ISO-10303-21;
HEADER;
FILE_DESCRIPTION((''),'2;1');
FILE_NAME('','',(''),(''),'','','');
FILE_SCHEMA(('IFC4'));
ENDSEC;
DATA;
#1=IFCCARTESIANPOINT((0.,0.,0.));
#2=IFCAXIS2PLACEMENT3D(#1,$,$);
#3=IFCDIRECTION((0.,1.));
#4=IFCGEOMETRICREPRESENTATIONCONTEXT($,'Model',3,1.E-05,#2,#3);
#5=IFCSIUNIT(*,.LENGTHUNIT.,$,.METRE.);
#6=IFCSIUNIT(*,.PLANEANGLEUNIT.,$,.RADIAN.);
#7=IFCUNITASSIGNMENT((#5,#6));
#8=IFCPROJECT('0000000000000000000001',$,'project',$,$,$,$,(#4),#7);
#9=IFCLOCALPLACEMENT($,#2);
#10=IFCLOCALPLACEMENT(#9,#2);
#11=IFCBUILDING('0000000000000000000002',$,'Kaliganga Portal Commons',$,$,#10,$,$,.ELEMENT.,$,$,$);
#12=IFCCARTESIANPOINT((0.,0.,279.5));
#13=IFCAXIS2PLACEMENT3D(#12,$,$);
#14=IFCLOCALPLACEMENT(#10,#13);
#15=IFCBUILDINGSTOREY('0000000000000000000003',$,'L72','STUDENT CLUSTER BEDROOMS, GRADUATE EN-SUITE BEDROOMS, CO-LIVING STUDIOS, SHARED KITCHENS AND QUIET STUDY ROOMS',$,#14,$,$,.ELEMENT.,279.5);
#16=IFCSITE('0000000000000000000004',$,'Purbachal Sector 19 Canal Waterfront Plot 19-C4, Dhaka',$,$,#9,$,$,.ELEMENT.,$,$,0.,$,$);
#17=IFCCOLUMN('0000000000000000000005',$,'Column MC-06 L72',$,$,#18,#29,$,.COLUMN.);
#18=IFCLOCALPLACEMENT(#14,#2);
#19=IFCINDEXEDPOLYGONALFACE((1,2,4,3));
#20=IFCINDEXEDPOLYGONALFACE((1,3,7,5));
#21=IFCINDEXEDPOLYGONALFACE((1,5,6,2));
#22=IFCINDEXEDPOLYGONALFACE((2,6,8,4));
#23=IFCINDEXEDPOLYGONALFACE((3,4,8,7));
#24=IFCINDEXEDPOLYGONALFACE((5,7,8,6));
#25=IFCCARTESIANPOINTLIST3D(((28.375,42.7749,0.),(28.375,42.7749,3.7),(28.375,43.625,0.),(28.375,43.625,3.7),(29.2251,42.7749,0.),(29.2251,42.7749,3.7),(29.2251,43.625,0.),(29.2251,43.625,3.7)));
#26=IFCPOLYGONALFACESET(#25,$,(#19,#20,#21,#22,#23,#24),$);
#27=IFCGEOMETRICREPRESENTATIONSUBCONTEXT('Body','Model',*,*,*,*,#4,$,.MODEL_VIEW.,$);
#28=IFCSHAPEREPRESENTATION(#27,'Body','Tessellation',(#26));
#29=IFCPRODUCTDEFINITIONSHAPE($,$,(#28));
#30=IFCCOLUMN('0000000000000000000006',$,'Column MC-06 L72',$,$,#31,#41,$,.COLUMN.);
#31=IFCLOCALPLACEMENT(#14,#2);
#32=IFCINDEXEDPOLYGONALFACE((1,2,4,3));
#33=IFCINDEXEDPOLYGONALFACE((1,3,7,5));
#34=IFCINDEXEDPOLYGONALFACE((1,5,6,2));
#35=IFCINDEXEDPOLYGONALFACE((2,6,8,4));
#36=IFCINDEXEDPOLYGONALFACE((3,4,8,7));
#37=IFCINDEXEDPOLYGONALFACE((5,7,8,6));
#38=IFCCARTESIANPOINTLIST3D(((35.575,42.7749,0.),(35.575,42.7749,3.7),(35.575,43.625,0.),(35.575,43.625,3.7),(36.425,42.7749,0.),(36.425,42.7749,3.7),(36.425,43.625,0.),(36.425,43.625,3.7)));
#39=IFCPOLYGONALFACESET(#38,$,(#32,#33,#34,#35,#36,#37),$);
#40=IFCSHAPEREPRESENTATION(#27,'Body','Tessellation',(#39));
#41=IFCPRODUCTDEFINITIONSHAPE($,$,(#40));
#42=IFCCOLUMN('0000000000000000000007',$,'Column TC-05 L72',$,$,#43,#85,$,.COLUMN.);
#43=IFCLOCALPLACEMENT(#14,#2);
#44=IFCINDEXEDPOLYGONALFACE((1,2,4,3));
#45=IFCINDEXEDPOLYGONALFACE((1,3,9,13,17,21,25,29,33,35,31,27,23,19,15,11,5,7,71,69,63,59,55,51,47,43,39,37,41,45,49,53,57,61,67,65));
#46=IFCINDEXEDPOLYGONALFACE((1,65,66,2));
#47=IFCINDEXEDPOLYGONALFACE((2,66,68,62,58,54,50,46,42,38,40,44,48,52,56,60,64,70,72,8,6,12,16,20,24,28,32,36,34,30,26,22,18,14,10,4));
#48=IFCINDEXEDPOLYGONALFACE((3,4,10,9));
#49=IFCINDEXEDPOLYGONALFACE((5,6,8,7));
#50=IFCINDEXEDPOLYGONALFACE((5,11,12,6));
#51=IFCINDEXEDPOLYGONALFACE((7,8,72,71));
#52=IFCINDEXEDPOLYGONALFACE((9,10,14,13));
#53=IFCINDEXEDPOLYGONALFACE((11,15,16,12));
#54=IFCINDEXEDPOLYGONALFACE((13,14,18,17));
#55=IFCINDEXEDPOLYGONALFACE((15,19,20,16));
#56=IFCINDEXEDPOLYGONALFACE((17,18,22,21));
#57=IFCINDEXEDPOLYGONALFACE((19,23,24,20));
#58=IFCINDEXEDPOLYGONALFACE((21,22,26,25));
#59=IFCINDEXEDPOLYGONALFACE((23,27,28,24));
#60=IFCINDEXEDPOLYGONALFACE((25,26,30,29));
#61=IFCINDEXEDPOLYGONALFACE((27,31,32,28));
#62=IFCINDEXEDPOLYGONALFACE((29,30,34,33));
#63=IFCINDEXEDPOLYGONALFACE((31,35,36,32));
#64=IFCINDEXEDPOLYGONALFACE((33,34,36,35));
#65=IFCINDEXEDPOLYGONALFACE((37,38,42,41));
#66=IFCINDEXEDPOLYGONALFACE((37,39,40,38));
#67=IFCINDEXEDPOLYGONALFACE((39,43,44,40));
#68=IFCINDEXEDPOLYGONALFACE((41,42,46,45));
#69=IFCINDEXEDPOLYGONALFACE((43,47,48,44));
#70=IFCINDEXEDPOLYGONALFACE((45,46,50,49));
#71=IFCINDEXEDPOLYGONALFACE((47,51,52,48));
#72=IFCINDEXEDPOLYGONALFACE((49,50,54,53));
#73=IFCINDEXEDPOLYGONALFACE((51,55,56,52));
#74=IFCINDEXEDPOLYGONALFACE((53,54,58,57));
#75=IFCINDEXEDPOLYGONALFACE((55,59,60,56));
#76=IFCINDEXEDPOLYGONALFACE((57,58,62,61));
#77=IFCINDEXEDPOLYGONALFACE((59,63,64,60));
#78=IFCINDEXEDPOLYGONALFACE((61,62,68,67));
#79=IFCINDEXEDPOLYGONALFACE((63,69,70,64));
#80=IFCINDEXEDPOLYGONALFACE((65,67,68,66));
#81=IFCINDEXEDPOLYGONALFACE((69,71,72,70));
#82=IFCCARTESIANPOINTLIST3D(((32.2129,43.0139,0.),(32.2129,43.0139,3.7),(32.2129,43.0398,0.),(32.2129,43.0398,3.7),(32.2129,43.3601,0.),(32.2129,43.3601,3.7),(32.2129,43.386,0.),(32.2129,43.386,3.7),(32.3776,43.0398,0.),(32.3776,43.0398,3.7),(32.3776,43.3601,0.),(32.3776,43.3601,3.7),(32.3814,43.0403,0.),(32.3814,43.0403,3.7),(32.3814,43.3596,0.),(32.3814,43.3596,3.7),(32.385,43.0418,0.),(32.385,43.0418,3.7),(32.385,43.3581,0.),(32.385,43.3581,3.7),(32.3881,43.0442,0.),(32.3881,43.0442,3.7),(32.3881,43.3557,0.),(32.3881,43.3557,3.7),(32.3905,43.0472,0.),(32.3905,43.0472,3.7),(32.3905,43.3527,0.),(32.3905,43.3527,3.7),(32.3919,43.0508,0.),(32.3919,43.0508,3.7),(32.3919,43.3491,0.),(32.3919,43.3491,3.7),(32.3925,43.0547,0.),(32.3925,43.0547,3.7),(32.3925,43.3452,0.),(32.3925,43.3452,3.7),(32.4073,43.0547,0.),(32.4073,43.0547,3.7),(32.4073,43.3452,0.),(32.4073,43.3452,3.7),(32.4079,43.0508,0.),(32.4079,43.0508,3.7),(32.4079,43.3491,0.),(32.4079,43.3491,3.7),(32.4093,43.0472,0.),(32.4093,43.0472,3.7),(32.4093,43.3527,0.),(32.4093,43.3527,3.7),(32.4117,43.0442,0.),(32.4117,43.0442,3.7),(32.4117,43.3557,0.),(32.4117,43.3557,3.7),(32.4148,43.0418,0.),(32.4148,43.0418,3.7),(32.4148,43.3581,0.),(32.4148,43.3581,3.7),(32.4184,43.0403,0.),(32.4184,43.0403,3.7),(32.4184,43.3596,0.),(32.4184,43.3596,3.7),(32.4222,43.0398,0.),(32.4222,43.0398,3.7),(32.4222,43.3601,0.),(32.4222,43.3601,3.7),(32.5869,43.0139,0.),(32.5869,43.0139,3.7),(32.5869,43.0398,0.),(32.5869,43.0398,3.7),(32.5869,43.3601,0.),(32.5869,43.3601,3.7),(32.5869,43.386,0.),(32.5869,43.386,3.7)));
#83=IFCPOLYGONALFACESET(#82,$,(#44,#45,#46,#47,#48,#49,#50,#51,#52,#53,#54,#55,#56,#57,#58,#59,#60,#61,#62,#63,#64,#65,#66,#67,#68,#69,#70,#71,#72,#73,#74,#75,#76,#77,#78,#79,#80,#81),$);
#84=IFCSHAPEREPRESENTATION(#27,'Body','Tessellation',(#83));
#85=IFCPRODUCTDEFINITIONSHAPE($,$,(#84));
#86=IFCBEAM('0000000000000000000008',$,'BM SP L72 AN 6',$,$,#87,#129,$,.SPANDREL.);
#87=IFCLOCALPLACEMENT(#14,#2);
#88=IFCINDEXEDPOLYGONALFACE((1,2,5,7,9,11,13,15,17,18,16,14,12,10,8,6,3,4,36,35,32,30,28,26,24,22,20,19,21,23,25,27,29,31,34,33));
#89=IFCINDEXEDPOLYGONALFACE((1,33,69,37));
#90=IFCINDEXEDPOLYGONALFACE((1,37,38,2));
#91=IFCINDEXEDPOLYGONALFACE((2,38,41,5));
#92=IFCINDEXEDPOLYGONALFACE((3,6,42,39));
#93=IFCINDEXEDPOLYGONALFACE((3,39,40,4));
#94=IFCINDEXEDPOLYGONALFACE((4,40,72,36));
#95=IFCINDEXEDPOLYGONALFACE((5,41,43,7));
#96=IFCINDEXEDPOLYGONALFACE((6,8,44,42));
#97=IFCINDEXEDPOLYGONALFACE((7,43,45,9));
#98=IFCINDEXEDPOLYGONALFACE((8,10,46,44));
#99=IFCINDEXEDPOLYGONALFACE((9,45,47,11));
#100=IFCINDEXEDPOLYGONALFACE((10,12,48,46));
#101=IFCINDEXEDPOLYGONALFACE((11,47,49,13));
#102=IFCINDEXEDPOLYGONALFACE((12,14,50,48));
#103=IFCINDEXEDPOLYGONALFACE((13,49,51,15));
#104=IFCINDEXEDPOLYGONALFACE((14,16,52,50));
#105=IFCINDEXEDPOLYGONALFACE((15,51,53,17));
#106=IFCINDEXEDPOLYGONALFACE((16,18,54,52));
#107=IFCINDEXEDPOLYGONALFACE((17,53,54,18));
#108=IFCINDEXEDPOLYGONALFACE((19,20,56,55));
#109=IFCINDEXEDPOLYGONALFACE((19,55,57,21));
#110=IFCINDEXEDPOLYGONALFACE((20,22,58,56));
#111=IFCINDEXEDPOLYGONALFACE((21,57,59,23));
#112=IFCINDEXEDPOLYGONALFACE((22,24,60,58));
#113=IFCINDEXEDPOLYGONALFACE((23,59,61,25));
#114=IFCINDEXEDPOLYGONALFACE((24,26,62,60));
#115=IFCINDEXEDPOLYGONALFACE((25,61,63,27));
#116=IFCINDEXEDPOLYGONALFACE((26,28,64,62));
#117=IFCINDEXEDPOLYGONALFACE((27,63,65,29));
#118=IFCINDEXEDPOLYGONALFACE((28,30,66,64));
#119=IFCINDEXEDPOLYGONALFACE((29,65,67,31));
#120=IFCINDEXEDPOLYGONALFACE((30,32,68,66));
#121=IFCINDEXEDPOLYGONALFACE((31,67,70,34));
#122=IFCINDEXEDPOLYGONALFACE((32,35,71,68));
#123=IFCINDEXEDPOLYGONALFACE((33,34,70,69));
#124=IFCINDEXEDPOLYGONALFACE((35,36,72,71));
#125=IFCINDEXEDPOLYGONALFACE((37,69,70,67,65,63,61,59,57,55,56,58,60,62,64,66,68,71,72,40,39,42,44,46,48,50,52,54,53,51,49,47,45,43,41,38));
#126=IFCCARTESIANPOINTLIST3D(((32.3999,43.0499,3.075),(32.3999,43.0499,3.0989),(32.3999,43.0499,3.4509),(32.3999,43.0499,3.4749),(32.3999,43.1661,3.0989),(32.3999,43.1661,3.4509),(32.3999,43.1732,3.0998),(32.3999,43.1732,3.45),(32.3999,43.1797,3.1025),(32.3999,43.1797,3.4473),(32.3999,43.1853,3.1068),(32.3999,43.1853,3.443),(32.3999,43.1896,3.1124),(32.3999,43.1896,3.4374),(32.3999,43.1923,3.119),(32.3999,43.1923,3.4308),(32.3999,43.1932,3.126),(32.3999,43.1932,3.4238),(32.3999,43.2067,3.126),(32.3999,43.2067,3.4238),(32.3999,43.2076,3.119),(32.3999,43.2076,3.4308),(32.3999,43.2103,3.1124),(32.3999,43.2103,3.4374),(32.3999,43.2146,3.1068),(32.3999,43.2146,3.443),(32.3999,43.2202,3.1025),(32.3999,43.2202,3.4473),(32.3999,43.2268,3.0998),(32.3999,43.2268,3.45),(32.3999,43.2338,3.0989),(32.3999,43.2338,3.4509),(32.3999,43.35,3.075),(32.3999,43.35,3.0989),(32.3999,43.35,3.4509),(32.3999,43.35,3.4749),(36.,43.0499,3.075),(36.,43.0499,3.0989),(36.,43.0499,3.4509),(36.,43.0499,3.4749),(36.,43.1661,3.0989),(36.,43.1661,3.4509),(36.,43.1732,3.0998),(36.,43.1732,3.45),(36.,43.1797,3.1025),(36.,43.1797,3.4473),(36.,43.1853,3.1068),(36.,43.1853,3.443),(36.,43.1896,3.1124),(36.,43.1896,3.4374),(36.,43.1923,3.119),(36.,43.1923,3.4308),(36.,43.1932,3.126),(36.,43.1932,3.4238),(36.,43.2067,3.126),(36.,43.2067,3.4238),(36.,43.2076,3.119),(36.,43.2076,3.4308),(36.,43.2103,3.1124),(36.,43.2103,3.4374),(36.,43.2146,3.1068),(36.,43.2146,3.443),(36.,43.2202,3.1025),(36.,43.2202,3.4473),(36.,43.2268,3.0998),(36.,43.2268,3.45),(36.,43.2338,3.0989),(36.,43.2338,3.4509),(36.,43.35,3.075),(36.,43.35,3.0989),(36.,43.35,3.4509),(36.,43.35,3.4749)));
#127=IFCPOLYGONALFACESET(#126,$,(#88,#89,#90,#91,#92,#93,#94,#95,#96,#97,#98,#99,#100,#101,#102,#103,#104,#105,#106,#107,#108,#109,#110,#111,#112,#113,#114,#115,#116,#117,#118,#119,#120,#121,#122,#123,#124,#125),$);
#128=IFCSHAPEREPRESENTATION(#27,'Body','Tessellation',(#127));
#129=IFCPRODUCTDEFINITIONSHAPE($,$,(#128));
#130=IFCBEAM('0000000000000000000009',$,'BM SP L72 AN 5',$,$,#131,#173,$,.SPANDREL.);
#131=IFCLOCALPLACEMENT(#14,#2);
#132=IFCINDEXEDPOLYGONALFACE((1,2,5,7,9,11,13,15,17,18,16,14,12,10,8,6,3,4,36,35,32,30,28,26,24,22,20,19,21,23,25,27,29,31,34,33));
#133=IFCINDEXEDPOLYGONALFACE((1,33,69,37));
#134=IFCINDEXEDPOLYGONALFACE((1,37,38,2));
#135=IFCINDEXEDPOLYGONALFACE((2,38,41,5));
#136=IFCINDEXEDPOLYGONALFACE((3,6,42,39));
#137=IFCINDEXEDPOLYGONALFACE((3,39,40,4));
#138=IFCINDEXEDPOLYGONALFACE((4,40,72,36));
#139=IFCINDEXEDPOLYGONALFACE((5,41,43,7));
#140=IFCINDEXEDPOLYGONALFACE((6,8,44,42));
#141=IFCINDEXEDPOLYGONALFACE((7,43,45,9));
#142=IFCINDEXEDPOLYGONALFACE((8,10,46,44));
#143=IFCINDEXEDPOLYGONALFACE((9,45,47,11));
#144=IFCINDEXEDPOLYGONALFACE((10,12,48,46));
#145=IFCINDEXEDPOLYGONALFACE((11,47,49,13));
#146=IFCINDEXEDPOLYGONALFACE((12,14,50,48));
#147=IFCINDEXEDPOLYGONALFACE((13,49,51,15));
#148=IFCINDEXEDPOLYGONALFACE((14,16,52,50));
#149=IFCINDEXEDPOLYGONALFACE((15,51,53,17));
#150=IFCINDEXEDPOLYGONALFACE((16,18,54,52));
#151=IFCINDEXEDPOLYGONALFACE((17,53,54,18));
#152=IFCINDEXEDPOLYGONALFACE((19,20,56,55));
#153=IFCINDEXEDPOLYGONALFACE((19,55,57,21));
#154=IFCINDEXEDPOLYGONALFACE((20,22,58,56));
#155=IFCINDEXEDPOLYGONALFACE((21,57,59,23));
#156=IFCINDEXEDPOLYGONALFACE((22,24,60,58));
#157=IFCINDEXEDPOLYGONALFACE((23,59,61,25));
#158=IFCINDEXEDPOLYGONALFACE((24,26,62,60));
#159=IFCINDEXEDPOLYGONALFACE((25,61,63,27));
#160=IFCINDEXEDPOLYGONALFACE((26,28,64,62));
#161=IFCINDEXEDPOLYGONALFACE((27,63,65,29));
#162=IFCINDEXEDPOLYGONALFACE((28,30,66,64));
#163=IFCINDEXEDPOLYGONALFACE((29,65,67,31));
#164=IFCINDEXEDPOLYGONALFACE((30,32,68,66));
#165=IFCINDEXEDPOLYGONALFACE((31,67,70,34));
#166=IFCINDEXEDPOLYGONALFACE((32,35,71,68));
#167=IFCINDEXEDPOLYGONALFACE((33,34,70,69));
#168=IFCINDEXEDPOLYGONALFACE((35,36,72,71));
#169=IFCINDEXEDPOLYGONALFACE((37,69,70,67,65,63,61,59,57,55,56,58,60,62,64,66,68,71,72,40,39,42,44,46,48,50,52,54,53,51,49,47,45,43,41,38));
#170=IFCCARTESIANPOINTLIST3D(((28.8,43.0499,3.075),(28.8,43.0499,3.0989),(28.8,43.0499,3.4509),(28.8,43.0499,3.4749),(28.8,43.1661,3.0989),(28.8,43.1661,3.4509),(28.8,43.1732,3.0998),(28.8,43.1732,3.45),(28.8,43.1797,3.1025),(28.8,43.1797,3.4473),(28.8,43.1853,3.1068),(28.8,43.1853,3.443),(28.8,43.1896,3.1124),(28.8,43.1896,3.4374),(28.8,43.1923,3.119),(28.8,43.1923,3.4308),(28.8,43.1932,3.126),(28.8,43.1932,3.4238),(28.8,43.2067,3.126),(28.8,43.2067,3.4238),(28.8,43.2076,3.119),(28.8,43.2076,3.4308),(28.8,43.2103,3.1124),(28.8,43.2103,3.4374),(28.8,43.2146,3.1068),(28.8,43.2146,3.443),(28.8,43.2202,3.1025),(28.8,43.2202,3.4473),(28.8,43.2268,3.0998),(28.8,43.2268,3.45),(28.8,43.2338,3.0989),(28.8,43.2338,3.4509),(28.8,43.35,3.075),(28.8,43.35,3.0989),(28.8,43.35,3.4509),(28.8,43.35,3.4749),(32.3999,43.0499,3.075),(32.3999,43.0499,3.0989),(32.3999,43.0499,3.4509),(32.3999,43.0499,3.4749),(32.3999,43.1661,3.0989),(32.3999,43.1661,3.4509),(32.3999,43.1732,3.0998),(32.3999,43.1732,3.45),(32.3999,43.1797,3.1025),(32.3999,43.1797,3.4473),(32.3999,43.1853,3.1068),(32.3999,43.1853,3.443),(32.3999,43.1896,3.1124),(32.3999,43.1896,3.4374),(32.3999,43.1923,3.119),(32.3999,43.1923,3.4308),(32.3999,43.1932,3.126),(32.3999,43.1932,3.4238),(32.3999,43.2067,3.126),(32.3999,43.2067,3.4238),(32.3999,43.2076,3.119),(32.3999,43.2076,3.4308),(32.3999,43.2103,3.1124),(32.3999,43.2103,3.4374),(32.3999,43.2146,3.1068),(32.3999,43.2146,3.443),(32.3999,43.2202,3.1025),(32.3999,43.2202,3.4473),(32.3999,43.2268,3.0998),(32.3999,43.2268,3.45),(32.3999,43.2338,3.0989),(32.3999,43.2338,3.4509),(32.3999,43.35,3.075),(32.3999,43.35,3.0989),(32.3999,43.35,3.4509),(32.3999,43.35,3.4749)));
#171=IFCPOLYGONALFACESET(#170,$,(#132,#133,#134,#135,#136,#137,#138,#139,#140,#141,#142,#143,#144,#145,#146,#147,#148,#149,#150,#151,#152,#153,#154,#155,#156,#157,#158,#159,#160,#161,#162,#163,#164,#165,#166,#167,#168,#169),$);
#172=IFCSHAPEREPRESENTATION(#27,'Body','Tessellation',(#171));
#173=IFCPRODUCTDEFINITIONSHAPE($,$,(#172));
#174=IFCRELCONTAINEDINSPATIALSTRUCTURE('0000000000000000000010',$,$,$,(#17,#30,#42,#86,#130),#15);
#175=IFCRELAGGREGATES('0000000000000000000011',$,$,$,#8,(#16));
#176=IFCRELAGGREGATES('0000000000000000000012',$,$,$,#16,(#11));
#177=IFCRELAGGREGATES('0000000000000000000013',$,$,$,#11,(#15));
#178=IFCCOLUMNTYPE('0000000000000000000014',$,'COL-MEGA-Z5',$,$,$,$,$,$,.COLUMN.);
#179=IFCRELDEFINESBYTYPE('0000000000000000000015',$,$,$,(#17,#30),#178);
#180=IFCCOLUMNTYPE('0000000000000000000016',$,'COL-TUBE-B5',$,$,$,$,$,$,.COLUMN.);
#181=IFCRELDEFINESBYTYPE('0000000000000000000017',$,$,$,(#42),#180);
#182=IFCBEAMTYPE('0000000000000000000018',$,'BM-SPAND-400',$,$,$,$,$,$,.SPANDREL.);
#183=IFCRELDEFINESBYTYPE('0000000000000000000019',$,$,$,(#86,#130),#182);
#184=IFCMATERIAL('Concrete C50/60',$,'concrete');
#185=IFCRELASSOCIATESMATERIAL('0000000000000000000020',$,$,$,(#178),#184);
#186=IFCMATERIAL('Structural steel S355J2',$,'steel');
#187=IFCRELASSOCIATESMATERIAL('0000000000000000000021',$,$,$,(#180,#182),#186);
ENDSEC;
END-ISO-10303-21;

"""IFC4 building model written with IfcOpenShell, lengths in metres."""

from ifc_helpers import new_model, si_unit, direction, frame, origin, origin_2d, place, context, subcontext, project, spatial, rectangle, i_section, extrude, source, transform, mapped, material, material_profile, profile_set, type_object, element, save


model = new_model("IFC4")

# Units and contexts
model_context = context("Model", 3, precision=1e-05, world=origin(), true_north=direction((0.0, 1.0)))
body_context = subcontext(model_context, "Body", "Model", "MODEL_VIEW")
ifc_project = project(units=[si_unit("LENGTHUNIT", "METRE"), si_unit("PLANEANGLEUNIT", "RADIAN")], contexts=[model_context])

# Site, building, storey
site_placement = place(None, origin())
site = spatial("IfcSite", under=ifc_project, at=site_placement, Name="Purbachal Sector 19 Canal Waterfront Plot 19-C4, Dhaka", CompositionType="ELEMENT", RefElevation=0.0)
building_placement = place(site_placement, origin())
building = spatial("IfcBuilding", under=site, at=building_placement, Name="Kaliganga Portal Commons", CompositionType="ELEMENT")
storey_placement = place(building_placement, frame((0.0, 0.0, 279.5)))
storey = spatial("IfcBuildingStorey", under=building, at=storey_placement, Name="L72", Description="STUDENT CLUSTER BEDROOMS, GRADUATE EN-SUITE BEDROOMS, CO-LIVING STUDIOS, SHARED KITCHENS AND QUIET STUDY ROOMS", CompositionType="ELEMENT", Elevation=279.5)

# Columns
ifc_material_1 = material(Name="Concrete C50/60", Category="concrete")
ifc_material_profile_1 = material_profile(ifc_material_1, rectangle(XDim=0.8501, YDim=0.8501, at=origin_2d()), Name="RC 850x850")
ifc_profile_set_1 = profile_set([ifc_material_profile_1], Name="Concrete C50/60")
column_type_1 = type_object("IfcColumnType", Name="COL-MEGA-Z5", PredefinedType="COLUMN", material=ifc_profile_set_1)
shared_shape_1 = source(origin(), body_context, "Body", "SweptSolid", [
    extrude(rectangle(XDim=0.8501, YDim=0.8501, at=origin_2d()), origin(), (0.0, 0.0, 1.0), 3.7),
])
for number, where, z_axis, x_axis, name in (
    (1, (28.8, 43.2, 0.0), (0.0, 0.0, 1.0), (1.0, 0.0, 0.0), "Column MC-06 L72"),
    (2, (36.0, 43.2, 0.0), (0.0, 0.0, 1.0), (1.0, 0.0, 0.0), "Column MC-06 L72"),
):
    element("IfcColumn", number, at=place(storey_placement, frame(where, z_axis=z_axis, x_axis=x_axis)), inside=storey, type_object=column_type_1, Name=name, PredefinedType="COLUMN", context=body_context, shape_type="MappedRepresentation", body=[
        mapped(shared_shape_1, transform((0.0, 0.0, 0.0), x_axis=(1.0, 0.0, 0.0), y_axis=(0.0, 1.0, 0.0), z_axis=(0.0, 0.0, 1.0), scale=1.0)),
    ])
ifc_material_2 = material(Name="Structural steel S355J2", Category="steel")
ifc_material_profile_2 = material_profile(ifc_material_2, i_section(OverallWidth=0.374, OverallDepth=0.3721, WebThickness=0.0149, FlangeThickness=0.0259, FilletRadius=0.0149, at=origin_2d()), Name="HD 360x196")
ifc_profile_set_2 = profile_set([ifc_material_profile_2], Name="Structural steel S355J2 wide-flange")
column_type_2 = type_object("IfcColumnType", Name="COL-TUBE-B5", PredefinedType="COLUMN", material=ifc_profile_set_2)
shared_shape_2 = source(origin(), body_context, "Body", "SweptSolid", [
    extrude(i_section(OverallWidth=0.374, OverallDepth=0.3721, WebThickness=0.0149, FlangeThickness=0.0259, FilletRadius=0.0149, at=origin_2d()), origin(), (0.0, 0.0, 1.0), 3.7),
])
column_placement = place(storey_placement, frame((32.3999, 43.2, 0.0), z_axis=(0.0, 0.0, 1.0), x_axis=(1.0, 0.0, 0.0)))
element("IfcColumn", 3, at=column_placement, inside=storey, type_object=column_type_2, Name="Column TC-05 L72", PredefinedType="COLUMN", context=body_context, shape_type="MappedRepresentation", body=[
    mapped(shared_shape_2, transform((0.0, 0.0, 0.0), x_axis=(1.0, 0.0, 0.0), y_axis=(0.0, 1.0, 0.0), z_axis=(0.0, 0.0, 1.0), scale=1.0)),
])

# Beams
ifc_material_profile_3 = material_profile(ifc_material_2, i_section(OverallWidth=0.3, OverallDepth=0.3999, WebThickness=0.0134, FlangeThickness=0.0239, FilletRadius=0.0271, at=origin_2d()), Name="HE 400 B")
ifc_profile_set_3 = profile_set([ifc_material_profile_3], Name="Structural steel S355J2 wide-flange")
beam_type_1 = type_object("IfcBeamType", Name="BM-SPAND-400", PredefinedType="SPANDREL", material=ifc_profile_set_3)
shared_shape_3 = source(origin(), body_context, "Body", "SweptSolid", [
    extrude(i_section(OverallWidth=0.3, OverallDepth=0.3999, WebThickness=0.0134, FlangeThickness=0.0239, FilletRadius=0.0271, at=origin_2d()), origin(), (0.0, 0.0, 1.0), 3.6001),
])
beam_1_placement = place(storey_placement, frame((32.3999, 43.2, 3.2749), z_axis=(1.0, 0.0, 0.0), x_axis=(0.0, 1.0, 0.0)))
element("IfcBeam", 4, at=beam_1_placement, inside=storey, type_object=beam_type_1, Name="BM SP L72 AN 6", PredefinedType="SPANDREL", context=body_context, shape_type="MappedRepresentation", body=[
    mapped(shared_shape_3, transform((0.0, 0.0, 0.0), x_axis=(1.0, 0.0, 0.0), y_axis=(0.0, 1.0, 0.0), z_axis=(0.0, 0.0, 1.0), scale=1.0)),
])
shared_shape_4 = source(origin(), body_context, "Body", "SweptSolid", [
    extrude(i_section(OverallWidth=0.3, OverallDepth=0.3999, WebThickness=0.0134, FlangeThickness=0.0239, FilletRadius=0.0271, at=origin_2d()), origin(), (0.0, 0.0, 1.0), 3.5999),
])
beam_2_placement = place(storey_placement, frame((28.8, 43.2, 3.2749), z_axis=(1.0, 0.0, 0.0), x_axis=(0.0, 1.0, 0.0)))
element("IfcBeam", 5, at=beam_2_placement, inside=storey, type_object=beam_type_1, Name="BM SP L72 AN 5", PredefinedType="SPANDREL", context=body_context, shape_type="MappedRepresentation", body=[
    mapped(shared_shape_4, transform((0.0, 0.0, 0.0), x_axis=(1.0, 0.0, 0.0), y_axis=(0.0, 1.0, 0.0), z_axis=(0.0, 0.0, 1.0), scale=1.0)),
])

save(model, "model.ifc")
